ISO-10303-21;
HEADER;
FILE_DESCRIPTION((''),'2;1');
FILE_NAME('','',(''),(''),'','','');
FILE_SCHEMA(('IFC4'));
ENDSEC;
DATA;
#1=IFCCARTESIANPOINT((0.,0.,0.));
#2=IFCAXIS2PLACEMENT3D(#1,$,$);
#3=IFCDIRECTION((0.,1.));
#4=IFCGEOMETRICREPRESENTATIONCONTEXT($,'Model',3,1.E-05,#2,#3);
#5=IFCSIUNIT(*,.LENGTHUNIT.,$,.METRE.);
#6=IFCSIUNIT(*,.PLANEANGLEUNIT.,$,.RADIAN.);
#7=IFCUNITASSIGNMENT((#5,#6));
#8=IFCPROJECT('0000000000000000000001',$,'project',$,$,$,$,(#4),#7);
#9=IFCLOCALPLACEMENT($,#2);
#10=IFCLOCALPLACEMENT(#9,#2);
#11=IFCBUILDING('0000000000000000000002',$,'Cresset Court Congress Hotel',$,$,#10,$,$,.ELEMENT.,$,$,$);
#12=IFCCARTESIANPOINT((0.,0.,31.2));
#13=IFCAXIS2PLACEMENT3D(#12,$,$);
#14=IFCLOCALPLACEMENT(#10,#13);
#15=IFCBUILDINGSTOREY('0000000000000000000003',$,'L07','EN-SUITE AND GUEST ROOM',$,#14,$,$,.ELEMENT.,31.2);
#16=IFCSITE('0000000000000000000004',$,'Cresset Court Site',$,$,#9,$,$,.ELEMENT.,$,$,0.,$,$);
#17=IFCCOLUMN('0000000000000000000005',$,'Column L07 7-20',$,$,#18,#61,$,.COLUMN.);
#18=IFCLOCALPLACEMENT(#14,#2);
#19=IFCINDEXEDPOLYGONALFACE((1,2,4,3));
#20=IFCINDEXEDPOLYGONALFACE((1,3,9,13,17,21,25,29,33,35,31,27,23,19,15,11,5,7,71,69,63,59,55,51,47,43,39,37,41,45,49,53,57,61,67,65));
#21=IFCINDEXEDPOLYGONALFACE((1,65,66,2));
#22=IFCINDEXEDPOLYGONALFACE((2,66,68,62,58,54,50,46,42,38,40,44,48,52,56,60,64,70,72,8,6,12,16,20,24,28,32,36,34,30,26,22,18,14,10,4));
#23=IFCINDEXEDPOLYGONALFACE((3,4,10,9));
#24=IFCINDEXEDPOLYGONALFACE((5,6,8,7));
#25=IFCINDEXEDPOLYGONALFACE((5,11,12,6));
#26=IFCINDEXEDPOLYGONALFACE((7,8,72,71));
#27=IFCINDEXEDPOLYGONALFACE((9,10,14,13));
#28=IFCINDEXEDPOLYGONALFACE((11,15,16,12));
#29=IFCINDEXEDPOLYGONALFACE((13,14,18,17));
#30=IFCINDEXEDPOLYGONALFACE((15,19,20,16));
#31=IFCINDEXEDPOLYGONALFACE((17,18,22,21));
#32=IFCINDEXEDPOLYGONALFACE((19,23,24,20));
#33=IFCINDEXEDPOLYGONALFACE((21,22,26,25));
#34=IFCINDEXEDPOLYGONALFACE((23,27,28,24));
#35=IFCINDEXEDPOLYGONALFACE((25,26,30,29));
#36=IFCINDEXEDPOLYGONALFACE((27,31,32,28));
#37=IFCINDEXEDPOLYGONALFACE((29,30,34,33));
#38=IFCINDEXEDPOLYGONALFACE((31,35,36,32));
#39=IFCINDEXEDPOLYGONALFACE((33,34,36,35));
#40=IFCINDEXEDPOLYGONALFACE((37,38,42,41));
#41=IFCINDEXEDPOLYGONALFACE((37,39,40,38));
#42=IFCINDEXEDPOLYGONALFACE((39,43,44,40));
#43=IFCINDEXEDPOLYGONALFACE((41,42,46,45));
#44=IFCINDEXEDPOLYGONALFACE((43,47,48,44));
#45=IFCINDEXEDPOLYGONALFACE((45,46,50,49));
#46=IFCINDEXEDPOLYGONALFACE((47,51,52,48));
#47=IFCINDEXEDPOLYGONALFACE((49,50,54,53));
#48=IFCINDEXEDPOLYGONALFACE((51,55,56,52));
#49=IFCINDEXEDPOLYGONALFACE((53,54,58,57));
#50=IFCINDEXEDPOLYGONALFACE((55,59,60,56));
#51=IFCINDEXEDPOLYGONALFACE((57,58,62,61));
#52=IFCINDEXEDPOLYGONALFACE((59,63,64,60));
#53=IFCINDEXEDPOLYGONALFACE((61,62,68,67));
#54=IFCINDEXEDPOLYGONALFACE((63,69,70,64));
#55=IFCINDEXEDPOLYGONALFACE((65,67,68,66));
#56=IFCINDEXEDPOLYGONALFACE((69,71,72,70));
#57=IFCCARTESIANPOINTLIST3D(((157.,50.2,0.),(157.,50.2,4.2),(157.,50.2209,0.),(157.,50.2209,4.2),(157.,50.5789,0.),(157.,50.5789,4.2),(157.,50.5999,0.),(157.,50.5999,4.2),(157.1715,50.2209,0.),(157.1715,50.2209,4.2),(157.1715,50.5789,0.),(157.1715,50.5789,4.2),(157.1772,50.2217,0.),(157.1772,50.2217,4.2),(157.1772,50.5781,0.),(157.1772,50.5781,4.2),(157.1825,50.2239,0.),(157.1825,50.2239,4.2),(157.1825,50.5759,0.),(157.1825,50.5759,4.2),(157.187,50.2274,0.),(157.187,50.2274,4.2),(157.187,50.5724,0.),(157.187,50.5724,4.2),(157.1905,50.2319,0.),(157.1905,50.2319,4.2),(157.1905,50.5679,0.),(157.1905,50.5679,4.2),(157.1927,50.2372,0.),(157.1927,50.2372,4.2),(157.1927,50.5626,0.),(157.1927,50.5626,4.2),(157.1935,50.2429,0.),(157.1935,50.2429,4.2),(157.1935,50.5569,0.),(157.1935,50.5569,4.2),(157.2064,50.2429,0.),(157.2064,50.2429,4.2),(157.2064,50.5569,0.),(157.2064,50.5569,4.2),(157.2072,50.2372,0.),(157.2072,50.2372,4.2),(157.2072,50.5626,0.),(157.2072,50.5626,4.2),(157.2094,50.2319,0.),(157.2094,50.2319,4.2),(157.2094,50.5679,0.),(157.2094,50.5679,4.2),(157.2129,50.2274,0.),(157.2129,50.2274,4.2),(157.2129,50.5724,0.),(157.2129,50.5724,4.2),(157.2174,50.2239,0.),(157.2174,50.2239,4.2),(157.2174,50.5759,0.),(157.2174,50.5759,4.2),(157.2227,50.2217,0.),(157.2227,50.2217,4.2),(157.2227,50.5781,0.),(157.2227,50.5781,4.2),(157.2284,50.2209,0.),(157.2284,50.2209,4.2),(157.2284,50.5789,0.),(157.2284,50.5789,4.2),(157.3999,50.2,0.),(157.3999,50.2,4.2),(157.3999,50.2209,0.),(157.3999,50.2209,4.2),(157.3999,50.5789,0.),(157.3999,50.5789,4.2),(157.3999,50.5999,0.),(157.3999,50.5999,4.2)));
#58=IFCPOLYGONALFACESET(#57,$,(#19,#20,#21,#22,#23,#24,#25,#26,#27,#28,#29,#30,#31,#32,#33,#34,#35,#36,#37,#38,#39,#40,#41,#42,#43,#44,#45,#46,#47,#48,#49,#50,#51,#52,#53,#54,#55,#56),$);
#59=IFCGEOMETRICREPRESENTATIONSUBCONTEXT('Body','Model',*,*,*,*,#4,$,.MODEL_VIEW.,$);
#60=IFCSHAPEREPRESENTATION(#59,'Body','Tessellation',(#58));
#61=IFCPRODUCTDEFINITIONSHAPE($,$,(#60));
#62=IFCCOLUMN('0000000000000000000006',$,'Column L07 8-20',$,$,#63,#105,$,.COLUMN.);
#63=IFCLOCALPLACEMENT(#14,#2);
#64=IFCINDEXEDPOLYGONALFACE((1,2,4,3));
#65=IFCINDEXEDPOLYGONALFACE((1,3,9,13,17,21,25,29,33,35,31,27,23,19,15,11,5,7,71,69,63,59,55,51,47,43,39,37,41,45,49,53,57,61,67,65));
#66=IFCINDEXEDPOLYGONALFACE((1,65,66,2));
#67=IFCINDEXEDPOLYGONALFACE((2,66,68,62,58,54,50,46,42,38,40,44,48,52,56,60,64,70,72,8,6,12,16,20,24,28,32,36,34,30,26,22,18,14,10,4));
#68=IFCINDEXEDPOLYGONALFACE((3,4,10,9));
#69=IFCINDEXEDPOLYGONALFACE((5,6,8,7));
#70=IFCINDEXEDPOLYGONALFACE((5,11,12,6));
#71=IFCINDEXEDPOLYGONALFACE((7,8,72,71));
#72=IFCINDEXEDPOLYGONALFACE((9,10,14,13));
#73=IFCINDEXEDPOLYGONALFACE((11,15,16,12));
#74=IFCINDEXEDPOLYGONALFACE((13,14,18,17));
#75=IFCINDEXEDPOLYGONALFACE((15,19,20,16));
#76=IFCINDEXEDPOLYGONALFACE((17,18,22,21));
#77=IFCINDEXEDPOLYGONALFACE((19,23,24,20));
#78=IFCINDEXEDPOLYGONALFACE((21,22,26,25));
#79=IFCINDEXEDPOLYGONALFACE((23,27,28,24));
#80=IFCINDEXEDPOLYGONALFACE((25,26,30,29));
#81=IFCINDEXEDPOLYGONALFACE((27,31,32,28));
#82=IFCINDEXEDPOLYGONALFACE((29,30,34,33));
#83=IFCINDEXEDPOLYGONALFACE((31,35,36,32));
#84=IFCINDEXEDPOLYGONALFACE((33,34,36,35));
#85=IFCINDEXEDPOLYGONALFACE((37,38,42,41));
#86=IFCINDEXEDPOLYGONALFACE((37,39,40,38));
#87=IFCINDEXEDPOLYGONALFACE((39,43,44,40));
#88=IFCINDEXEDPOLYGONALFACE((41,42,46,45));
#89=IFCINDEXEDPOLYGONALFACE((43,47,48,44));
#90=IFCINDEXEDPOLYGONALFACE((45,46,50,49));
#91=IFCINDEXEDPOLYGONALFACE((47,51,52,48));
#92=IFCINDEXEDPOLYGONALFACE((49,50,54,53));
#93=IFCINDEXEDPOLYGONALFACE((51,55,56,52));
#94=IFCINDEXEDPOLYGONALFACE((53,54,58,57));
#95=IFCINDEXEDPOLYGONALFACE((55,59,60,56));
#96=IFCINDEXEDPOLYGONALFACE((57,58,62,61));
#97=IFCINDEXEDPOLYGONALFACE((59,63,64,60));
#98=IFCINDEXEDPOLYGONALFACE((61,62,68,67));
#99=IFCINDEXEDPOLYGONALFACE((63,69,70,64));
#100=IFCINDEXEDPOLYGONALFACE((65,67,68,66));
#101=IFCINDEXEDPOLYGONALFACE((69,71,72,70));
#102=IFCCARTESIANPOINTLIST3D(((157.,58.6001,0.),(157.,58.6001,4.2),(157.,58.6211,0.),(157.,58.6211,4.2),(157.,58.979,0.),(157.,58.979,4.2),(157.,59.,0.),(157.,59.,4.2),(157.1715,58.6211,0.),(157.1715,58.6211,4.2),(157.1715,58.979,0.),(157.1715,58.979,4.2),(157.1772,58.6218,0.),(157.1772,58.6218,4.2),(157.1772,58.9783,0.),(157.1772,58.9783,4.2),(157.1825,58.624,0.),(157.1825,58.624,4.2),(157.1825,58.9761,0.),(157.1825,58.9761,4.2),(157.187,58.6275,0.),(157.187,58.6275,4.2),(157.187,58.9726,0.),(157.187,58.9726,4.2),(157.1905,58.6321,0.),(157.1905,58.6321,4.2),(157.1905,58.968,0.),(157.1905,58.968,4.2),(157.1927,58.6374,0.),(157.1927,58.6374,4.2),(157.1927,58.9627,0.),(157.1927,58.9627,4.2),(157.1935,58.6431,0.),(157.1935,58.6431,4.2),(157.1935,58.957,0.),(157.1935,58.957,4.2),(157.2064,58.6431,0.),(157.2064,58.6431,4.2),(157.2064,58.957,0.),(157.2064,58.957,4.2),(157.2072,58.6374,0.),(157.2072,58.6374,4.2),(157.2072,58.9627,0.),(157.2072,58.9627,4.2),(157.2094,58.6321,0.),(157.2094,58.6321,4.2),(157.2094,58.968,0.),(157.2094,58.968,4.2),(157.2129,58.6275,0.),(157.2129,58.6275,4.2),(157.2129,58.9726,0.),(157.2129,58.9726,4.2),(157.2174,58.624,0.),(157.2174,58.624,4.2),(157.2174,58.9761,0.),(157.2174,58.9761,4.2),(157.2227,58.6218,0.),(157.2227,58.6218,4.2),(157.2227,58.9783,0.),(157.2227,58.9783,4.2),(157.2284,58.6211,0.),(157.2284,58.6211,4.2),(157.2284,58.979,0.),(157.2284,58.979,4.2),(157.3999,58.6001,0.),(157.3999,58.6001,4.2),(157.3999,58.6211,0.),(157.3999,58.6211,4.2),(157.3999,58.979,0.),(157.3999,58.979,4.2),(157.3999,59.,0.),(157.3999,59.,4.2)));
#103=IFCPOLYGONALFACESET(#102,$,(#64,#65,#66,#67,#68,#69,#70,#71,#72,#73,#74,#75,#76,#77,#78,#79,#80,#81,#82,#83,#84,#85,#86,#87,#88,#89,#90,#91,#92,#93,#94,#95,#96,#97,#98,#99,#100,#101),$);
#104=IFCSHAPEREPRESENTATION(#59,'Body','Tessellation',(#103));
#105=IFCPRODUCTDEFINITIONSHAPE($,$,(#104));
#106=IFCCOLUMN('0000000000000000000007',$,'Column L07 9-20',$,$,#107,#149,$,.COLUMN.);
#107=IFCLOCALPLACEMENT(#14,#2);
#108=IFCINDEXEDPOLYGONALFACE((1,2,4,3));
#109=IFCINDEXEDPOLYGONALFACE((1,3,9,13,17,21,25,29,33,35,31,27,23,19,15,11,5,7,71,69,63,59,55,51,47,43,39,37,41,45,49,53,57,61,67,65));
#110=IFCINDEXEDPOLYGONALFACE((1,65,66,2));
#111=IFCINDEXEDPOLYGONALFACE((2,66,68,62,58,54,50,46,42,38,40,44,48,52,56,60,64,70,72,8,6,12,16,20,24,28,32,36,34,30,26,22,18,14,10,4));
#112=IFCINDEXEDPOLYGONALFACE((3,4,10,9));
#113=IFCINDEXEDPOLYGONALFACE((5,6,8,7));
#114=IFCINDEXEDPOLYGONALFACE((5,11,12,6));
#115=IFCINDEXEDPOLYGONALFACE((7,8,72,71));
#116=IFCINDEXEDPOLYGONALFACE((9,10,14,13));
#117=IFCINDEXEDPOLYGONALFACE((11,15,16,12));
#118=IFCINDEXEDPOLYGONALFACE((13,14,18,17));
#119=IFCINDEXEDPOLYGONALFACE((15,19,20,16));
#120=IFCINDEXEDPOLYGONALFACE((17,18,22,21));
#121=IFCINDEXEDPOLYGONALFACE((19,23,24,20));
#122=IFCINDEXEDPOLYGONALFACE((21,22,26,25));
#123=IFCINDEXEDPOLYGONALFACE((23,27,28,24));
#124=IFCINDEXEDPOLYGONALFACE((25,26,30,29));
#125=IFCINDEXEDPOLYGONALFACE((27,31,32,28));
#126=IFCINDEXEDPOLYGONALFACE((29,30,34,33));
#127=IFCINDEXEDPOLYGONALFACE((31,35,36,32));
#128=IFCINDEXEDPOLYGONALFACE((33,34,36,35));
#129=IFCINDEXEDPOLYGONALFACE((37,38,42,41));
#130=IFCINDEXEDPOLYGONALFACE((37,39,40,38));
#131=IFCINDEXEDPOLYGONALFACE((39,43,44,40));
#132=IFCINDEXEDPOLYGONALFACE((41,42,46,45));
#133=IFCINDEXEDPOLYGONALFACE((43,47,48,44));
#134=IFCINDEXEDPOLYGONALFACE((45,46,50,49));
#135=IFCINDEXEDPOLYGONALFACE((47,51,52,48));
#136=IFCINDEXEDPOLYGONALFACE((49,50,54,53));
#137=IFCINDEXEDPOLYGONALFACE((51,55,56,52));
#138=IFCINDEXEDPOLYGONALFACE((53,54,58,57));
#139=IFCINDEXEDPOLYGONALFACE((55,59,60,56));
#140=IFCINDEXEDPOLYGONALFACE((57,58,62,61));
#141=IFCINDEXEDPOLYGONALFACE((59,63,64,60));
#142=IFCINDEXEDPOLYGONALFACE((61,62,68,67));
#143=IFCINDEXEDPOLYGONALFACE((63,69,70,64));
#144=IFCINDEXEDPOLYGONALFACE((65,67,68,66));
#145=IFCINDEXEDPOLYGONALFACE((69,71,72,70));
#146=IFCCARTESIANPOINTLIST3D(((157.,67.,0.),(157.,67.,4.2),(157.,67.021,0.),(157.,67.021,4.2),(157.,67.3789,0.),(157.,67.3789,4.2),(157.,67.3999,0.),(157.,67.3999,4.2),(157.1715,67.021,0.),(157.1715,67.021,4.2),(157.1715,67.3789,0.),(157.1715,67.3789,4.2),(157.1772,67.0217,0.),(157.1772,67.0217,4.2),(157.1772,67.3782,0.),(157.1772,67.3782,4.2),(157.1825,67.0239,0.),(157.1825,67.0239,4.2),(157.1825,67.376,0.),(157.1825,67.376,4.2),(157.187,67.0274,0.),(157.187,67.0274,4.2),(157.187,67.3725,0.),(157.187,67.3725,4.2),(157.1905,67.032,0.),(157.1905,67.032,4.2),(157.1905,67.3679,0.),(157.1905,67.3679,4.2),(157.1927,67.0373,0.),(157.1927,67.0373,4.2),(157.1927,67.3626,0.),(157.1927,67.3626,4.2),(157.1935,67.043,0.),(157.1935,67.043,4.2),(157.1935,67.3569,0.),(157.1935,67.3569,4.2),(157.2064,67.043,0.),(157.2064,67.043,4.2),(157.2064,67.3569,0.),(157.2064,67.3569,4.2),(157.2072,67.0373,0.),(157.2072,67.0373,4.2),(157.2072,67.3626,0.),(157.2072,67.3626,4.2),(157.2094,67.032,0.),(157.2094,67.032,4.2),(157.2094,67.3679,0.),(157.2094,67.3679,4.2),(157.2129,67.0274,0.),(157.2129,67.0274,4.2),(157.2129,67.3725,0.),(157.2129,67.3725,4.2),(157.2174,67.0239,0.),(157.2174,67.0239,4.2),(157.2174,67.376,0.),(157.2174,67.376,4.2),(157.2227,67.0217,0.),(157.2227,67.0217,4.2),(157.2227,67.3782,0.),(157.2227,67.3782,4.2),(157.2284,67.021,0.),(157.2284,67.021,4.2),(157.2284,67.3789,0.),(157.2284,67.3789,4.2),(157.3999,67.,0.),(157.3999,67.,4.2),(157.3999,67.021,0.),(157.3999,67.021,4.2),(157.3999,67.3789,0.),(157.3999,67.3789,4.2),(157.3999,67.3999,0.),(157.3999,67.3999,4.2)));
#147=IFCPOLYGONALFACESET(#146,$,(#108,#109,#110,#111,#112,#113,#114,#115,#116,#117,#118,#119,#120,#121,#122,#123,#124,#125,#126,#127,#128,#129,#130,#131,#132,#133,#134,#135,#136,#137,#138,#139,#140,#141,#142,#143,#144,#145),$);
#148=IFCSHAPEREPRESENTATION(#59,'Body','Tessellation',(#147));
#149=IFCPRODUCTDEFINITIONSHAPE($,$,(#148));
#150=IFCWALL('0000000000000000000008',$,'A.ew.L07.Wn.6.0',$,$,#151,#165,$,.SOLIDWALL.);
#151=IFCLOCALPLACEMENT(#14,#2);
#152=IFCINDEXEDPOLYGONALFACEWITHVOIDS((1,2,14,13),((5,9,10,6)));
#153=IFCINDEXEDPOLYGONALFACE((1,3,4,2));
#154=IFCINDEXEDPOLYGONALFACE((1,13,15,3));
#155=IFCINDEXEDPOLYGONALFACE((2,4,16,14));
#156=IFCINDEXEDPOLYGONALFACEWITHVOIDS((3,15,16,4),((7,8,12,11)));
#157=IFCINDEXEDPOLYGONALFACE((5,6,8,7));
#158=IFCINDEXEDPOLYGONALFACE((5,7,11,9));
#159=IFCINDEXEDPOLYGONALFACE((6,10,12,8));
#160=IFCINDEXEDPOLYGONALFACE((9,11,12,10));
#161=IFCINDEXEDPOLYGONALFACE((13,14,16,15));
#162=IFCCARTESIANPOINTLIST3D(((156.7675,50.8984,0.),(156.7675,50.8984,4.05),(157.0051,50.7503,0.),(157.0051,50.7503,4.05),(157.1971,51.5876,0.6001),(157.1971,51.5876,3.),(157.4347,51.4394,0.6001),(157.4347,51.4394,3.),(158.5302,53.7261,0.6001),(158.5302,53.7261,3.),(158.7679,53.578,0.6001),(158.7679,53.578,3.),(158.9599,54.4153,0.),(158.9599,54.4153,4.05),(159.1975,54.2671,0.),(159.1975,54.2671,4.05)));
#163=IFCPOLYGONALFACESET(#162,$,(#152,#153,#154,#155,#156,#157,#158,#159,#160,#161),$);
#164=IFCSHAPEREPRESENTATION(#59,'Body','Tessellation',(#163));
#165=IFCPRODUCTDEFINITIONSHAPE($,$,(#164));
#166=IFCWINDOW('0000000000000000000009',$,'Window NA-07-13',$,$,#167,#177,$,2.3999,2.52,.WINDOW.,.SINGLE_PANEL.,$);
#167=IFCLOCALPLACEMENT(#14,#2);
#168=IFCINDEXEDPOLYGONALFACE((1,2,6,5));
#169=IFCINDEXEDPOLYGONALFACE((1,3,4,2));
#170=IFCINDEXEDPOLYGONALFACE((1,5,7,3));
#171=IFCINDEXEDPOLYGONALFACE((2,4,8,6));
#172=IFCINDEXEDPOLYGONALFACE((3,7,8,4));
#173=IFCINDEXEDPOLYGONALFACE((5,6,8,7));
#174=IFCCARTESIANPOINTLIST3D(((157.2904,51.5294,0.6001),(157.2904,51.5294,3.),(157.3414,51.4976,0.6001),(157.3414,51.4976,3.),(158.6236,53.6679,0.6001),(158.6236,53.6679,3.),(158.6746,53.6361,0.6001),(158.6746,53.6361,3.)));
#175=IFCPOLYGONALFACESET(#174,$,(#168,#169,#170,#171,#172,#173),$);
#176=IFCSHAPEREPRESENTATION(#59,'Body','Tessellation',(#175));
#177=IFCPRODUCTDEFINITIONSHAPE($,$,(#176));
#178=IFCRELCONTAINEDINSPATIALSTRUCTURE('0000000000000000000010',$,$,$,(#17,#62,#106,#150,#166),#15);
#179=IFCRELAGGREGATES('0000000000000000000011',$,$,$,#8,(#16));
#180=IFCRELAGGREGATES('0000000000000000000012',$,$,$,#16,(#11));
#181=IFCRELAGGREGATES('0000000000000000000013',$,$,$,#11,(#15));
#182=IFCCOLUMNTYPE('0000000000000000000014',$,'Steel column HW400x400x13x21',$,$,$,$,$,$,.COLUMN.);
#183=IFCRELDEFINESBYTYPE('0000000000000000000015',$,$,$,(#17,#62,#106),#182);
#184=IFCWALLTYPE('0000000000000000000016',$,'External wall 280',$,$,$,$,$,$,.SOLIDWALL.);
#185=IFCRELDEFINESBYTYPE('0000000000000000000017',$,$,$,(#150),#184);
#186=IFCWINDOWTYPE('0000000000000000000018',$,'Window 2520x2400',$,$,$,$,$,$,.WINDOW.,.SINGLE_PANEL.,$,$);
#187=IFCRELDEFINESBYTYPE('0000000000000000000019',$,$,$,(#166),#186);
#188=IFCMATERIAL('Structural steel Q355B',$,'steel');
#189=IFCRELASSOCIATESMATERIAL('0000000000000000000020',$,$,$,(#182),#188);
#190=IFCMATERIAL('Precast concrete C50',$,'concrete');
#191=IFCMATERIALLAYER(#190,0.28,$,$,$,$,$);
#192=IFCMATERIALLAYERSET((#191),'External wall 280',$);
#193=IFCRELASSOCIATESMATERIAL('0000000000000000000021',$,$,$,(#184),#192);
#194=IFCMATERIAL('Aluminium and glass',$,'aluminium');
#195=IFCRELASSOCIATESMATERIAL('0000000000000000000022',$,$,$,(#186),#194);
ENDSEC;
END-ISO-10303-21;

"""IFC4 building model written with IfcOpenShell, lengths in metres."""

from ifc_helpers import new_model, si_unit, direction, frame, frame_2d, origin, origin_2d, place, context, subcontext, project, spatial, rectangle, i_section, extrude, material, layer, layer_set, material_profile, profile_set, type_object, element, fill, save


model = new_model("IFC4")

# Units and contexts
model_context = context("Model", 3, precision=1e-05, world=origin(), true_north=direction((0.0, 1.0)))
body_context = subcontext(model_context, "Body", "Model", "MODEL_VIEW")
ifc_project = project(units=[si_unit("LENGTHUNIT", "METRE"), si_unit("PLANEANGLEUNIT", "RADIAN")], contexts=[model_context])

# Site, building, storey
site_placement = place(None, origin())
site = spatial("IfcSite", under=ifc_project, at=site_placement, Name="Cresset Court Site", CompositionType="ELEMENT", RefElevation=0.0)
building_placement = place(site_placement, origin())
building = spatial("IfcBuilding", under=site, at=building_placement, Name="Cresset Court Congress Hotel", CompositionType="ELEMENT")
storey_placement = place(building_placement, frame((0.0, 0.0, 31.2)))
storey = spatial("IfcBuildingStorey", under=building, at=storey_placement, Name="L07", Description="EN-SUITE AND GUEST ROOM", CompositionType="ELEMENT", Elevation=31.2)

# Columns
ifc_material_1 = material(Name="Structural steel Q355B", Category="steel")
ifc_material_profile = material_profile(ifc_material_1, i_section(OverallWidth=0.3999, OverallDepth=0.3999, WebThickness=0.0129, FlangeThickness=0.021, FilletRadius=0.022, at=origin_2d()), Name="HW400x400x13x21")
ifc_profile_set = profile_set([ifc_material_profile], Name="Structural steel Q355B")
column_type = type_object("IfcColumnType", Name="Steel column HW400x400x13x21", PredefinedType="COLUMN", material=ifc_profile_set)
for number, where, z_axis, x_axis, name in (
    (1, (157.2, 50.3999, 0.0), (0.0, 0.0, 1.0), (1.0, 0.0, 0.0), "Column L07 7-20"),
    (2, (157.2, 58.8, 0.0), (0.0, 0.0, 1.0), (1.0, 0.0, 0.0), "Column L07 8-20"),
    (3, (157.2, 67.2, 0.0), (0.0, 0.0, 1.0), (1.0, 0.0, 0.0), "Column L07 9-20"),
):
    element("IfcColumn", number, at=place(storey_placement, frame(where, z_axis=z_axis, x_axis=x_axis)), inside=storey, type_object=column_type, Name=name, PredefinedType="COLUMN", context=body_context, shape_type="SweptSolid", body=[
        extrude(i_section(OverallWidth=0.3999, OverallDepth=0.3999, WebThickness=0.0129, FlangeThickness=0.021, FilletRadius=0.022, at=origin_2d()), origin(), (0.0, 0.0, 1.0), 4.2),
    ])

# Wall, opening, window
ifc_material_2 = material(Name="Precast concrete C50", Category="concrete")
ifc_layer_1 = layer(ifc_material_2, 0.28)
ifc_layer_set_1 = layer_set([ifc_layer_1], Name="External wall 280")
wall_type_1 = type_object("IfcWallType", Name="External wall 280", PredefinedType="SOLIDWALL", material=ifc_layer_set_1)
wall_1_placement = place(storey_placement, frame((156.8862, 50.8242, 0.0), z_axis=(0.0, 0.0, 1.0), x_axis=(0.529019, 0.84861, 0.0)))
wall_1 = element("IfcWall", 4, at=wall_1_placement, inside=storey, type_object=wall_type_1, Name="A.ew.L07.Wn.6.0", PredefinedType="SOLIDWALL", context=body_context, shape_type="SweptSolid", body=[
    extrude(rectangle(XDim=4.1443, YDim=0.28, at=frame_2d((2.0723, 0.0))), origin(), (0.0, 0.0, 1.0), 4.05),
])
opening_1_placement = place(wall_1_placement, frame((0.8123, 0.0, 0.6001)))
opening_1 = element("IfcOpeningElement", 5, at=opening_1_placement, cuts=wall_1, PredefinedType="OPENING", context=body_context, shape_type="SweptSolid", body=[
    extrude(rectangle(XDim=2.52, YDim=2.3999, at=frame_2d((1.26, 1.2))), frame((0.0, 0.1499, 0.0), z_axis=(0.0, -1.0, 0.0), x_axis=(1.0, 0.0, 0.0)), (0.0, 0.0, 1.0), 0.3),
])
ifc_material_3 = material(Name="Aluminium and glass", Category="aluminium")
window_type_1 = type_object("IfcWindowType", Name="Window 2520x2400", PartitioningType="SINGLE_PANEL", PredefinedType="WINDOW", material=ifc_material_3)
window_1_placement = place(opening_1_placement, origin())
window_1 = element("IfcWindow", 6, at=window_1_placement, inside=storey, type_object=window_type_1, Name="Window NA-07-13", OverallHeight=2.3999, OverallWidth=2.52, PartitioningType="SINGLE_PANEL", PredefinedType="WINDOW", context=body_context, shape_type="SweptSolid", body=[
    extrude(rectangle(XDim=2.52, YDim=2.3999, at=frame_2d((1.26, 1.2))), frame((0.0, 0.03, 0.0), z_axis=(0.0, -1.0, 0.0), x_axis=(1.0, 0.0, 0.0)), (0.0, 0.0, 1.0), 0.0601),
])
fill(opening_1, window_1)

save(model, "model.ifc")
